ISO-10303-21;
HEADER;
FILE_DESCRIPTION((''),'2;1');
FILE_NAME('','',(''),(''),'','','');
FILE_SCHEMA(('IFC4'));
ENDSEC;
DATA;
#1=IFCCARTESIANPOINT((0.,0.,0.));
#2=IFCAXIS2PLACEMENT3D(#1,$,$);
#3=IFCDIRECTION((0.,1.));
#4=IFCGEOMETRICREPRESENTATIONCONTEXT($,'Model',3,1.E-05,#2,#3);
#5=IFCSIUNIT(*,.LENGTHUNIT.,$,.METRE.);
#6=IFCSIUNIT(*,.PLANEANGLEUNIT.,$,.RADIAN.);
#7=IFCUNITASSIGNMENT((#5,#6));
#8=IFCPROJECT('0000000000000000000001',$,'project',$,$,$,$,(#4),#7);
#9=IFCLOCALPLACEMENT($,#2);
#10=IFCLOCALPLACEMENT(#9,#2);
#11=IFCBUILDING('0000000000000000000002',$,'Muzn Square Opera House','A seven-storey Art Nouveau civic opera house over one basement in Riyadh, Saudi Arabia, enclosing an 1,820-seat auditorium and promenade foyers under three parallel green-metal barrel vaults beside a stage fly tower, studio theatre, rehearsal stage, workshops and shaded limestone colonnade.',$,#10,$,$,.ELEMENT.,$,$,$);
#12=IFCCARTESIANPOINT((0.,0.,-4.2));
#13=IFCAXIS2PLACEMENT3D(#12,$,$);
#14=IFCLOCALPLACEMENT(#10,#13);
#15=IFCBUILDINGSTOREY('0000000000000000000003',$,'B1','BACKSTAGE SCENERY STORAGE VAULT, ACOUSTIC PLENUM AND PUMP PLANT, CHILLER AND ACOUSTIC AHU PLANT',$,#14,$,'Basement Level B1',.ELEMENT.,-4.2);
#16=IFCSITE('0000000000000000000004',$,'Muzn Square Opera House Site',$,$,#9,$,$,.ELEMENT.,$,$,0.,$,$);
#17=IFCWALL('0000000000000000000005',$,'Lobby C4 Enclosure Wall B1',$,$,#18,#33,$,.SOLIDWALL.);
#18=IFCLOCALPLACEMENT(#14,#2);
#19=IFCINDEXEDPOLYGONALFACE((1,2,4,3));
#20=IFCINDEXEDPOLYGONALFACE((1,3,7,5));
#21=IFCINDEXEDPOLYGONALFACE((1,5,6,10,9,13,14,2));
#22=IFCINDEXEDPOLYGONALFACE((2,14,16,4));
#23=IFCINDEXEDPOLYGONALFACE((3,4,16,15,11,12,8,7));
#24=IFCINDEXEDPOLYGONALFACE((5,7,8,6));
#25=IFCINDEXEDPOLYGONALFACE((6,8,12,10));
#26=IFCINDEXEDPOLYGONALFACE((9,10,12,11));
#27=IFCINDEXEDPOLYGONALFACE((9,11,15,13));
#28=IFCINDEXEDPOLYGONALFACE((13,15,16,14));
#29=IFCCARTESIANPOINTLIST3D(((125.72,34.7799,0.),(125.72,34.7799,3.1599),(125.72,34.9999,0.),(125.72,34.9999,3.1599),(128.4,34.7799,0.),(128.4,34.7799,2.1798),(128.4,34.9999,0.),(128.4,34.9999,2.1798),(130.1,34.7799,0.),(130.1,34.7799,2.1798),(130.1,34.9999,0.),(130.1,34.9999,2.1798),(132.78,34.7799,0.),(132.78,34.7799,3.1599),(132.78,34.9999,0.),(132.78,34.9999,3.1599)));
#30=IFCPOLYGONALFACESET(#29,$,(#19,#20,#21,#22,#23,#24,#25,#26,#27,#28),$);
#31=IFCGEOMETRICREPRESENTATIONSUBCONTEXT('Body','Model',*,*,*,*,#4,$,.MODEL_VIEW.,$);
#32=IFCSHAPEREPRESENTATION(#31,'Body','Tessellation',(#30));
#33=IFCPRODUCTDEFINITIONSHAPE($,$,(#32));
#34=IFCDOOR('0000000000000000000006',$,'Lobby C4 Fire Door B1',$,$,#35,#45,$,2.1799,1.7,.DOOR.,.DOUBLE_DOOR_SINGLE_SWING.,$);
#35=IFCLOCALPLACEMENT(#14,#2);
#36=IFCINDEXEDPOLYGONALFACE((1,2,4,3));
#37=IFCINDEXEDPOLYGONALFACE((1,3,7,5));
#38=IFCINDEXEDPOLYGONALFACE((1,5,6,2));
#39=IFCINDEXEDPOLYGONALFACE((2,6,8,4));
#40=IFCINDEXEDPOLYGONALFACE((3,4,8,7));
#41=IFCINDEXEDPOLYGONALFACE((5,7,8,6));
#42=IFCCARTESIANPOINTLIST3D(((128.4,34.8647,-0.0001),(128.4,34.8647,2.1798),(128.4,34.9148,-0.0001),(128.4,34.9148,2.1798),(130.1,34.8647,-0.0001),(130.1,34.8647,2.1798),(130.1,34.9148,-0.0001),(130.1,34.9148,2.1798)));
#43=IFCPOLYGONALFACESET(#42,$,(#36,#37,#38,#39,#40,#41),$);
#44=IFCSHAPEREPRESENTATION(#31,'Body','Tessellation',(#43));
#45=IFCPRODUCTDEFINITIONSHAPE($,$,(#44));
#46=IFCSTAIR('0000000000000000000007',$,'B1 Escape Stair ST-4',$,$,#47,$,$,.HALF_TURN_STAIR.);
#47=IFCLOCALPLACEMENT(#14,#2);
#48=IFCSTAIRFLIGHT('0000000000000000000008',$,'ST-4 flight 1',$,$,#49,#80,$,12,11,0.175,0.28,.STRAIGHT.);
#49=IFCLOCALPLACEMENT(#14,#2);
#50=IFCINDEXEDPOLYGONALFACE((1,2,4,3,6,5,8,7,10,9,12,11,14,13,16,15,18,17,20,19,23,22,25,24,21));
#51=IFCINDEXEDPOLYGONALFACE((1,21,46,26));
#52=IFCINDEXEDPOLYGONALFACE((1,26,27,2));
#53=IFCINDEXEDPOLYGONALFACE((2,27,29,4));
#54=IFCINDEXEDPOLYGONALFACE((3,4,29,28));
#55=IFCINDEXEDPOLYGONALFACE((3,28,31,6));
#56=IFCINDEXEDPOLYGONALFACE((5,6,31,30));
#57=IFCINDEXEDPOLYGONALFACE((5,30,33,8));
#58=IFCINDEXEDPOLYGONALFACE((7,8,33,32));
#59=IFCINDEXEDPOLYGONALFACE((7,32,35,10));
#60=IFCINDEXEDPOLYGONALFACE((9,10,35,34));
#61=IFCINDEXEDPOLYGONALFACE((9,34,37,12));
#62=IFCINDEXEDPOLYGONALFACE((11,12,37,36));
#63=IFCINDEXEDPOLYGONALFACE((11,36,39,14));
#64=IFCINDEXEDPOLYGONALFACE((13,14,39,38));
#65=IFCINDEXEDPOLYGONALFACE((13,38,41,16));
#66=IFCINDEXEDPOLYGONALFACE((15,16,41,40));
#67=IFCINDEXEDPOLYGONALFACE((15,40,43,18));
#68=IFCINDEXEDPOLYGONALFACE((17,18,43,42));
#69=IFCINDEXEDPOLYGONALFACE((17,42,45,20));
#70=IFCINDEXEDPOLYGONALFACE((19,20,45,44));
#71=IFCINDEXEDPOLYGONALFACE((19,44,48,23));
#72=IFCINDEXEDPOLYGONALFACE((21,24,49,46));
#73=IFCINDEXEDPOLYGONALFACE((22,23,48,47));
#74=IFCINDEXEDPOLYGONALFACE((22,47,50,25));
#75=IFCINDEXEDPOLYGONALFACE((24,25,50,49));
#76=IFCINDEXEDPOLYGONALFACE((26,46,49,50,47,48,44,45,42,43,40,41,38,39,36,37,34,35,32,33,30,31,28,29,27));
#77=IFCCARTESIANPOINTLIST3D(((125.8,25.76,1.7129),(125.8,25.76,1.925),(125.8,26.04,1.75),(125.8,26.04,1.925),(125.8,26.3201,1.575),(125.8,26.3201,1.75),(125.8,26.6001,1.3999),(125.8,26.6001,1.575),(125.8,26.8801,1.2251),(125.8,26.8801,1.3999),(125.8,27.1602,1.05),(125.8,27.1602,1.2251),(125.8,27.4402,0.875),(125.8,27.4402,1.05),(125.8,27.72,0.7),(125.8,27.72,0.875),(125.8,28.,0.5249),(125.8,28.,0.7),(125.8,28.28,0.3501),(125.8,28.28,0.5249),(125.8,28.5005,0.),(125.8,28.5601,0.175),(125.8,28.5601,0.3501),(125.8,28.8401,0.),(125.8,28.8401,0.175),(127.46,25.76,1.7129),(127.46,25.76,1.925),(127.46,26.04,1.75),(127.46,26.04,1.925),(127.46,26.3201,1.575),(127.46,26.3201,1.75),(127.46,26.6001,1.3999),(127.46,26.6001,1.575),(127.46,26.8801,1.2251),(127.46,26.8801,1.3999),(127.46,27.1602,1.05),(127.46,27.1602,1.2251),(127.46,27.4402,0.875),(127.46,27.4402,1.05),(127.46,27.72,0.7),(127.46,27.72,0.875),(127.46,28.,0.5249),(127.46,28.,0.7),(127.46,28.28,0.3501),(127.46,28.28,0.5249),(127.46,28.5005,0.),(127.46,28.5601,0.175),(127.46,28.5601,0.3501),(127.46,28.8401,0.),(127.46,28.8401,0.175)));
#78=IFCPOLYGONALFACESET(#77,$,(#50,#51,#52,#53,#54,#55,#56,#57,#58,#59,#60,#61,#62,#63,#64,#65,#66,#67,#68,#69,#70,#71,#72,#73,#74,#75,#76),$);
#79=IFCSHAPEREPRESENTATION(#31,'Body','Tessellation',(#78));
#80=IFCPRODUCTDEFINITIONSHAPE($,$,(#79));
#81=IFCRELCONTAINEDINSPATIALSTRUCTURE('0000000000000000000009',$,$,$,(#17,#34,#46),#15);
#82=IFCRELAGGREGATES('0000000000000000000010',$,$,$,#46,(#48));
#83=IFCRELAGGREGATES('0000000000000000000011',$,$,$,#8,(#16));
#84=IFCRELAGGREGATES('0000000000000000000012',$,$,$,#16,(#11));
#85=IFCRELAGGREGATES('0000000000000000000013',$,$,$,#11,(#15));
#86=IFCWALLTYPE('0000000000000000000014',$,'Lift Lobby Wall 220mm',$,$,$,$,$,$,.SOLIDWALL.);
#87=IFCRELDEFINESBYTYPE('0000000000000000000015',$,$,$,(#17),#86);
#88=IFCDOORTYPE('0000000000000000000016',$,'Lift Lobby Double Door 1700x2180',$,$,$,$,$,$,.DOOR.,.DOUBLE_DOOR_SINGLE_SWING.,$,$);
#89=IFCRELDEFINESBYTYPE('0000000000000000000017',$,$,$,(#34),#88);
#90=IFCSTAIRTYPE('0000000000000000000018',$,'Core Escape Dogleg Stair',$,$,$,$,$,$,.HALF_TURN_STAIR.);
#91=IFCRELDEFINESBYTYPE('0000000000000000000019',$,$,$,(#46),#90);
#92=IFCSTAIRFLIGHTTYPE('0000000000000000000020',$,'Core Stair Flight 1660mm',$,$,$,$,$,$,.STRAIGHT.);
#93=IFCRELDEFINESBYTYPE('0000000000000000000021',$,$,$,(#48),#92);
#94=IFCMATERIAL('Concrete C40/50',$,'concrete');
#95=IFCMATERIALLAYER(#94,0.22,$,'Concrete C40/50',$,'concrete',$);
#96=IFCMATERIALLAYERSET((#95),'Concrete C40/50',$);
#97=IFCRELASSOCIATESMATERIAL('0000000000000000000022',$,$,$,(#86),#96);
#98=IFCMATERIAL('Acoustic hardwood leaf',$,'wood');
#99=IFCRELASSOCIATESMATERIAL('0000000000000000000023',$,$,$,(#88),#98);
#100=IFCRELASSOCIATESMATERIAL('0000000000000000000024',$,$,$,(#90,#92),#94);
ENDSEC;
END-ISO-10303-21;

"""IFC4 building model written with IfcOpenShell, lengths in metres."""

from ifc_helpers import new_model, si_unit, direction, frame, frame_2d, origin, place, context, subcontext, project, spatial, polyline, rectangle, outline, extrude, material, layer, layer_set, type_object, element, fill, aggregate, save


model = new_model("IFC4")

# Units and contexts
model_context = context("Model", 3, precision=1e-05, world=origin(), true_north=direction((0.0, 1.0)))
body_context = subcontext(model_context, "Body", "Model", "MODEL_VIEW")
ifc_project = project(units=[si_unit("LENGTHUNIT", "METRE"), si_unit("PLANEANGLEUNIT", "RADIAN")], contexts=[model_context])

# Site, building, storey
site_placement = place(None, origin())
site = spatial("IfcSite", under=ifc_project, at=site_placement, Name="Muzn Square Opera House Site", CompositionType="ELEMENT", RefElevation=0.0)
building_placement = place(site_placement, origin())
building = spatial("IfcBuilding", under=site, at=building_placement, Name="Muzn Square Opera House", Description="A seven-storey Art Nouveau civic opera house over one basement in Riyadh, Saudi Arabia, enclosing an 1,820-seat auditorium and promenade foyers under three parallel green-metal barrel vaults beside a stage fly tower, studio theatre, rehearsal stage, workshops and shaded limestone colonnade.", CompositionType="ELEMENT")
storey_placement = place(building_placement, frame((0.0, 0.0, -4.2)))
storey = spatial("IfcBuildingStorey", under=building, at=storey_placement, Name="B1", Description="BACKSTAGE SCENERY STORAGE VAULT, ACOUSTIC PLENUM AND PUMP PLANT, CHILLER AND ACOUSTIC AHU PLANT", LongName="Basement Level B1", CompositionType="ELEMENT", Elevation=-4.2)

# Shared definitions
ifc_material_1 = material(Name="Concrete C40/50", Category="concrete")

# Wall, opening, door
ifc_layer_1 = layer(ifc_material_1, 0.22, Name="Concrete C40/50", Category="concrete")
ifc_layer_set_1 = layer_set([ifc_layer_1], Name="Concrete C40/50")
wall_type_1 = type_object("IfcWallType", Name="Lift Lobby Wall 220mm", PredefinedType="SOLIDWALL", material=ifc_layer_set_1)
wall_1_placement = place(storey_placement, frame((125.72, 34.8899, 0.0), z_axis=(0.0, 0.0, 1.0), x_axis=(1.0, 0.0, 0.0)))
wall_1 = element("IfcWall", 1, at=wall_1_placement, inside=storey, type_object=wall_type_1, Name="Lobby C4 Enclosure Wall B1", PredefinedType="SOLIDWALL", context=body_context, shape_type="SweptSolid", body=[
    extrude(rectangle(XDim=7.0601, YDim=0.22, at=frame_2d((3.53, 0.0))), origin(), (0.0, 0.0, 1.0), 3.1599),
])
opening_1_placement = place(wall_1_placement, frame((2.6799, 0.0, 0.0)))
opening_1 = element("IfcOpeningElement", 2, at=opening_1_placement, cuts=wall_1, PredefinedType="OPENING", context=body_context, shape_type="SweptSolid", body=[
    extrude(rectangle(XDim=1.7, YDim=2.1799, at=frame_2d((0.8501, 1.0898))), frame((0.0, 0.1199, 0.0), z_axis=(0.0, -1.0, 0.0), x_axis=(1.0, 0.0, 0.0)), (0.0, 0.0, 1.0), 0.24),
])
ifc_material_2 = material(Name="Acoustic hardwood leaf", Category="wood")
door_type_1 = type_object("IfcDoorType", Name="Lift Lobby Double Door 1700x2180", OperationType="DOUBLE_DOOR_SINGLE_SWING", PredefinedType="DOOR", material=ifc_material_2)
door_1_placement = place(opening_1_placement, origin())
door_1 = element("IfcDoor", 3, at=door_1_placement, inside=storey, type_object=door_type_1, Name="Lobby C4 Fire Door B1", OperationType="DOUBLE_DOOR_SINGLE_SWING", OverallHeight=2.1799, OverallWidth=1.7, PredefinedType="DOOR", context=body_context, shape_type="SweptSolid", body=[
    extrude(rectangle(XDim=1.7, YDim=2.1799, at=frame_2d((0.8501, 1.0898))), frame((0.0, 0.0249, 0.0), z_axis=(0.0, -1.0, 0.0), x_axis=(1.0, 0.0, 0.0)), (0.0, 0.0, 1.0), 0.05),
])
fill(opening_1, door_1)

# Stair, stair flight
stair_type = type_object("IfcStairType", Name="Core Escape Dogleg Stair", PredefinedType="HALF_TURN_STAIR", material=ifc_material_1)
stair_placement = place(storey_placement, origin())
stair = element("IfcStair", 4, at=stair_placement, inside=storey, type_object=stair_type, Name="B1 Escape Stair ST-4", PredefinedType="HALF_TURN_STAIR")
stair_flight_type = type_object("IfcStairFlightType", Name="Core Stair Flight 1660mm", PredefinedType="STRAIGHT", material=ifc_material_1)
stair_flight_placement = place(storey_placement, frame((126.6299, 28.8401, 0.0), z_axis=(0.0, 0.0, 1.0), x_axis=(0.0, -1.0, 0.0)))
stair_flight = element("IfcStairFlight", 5, at=stair_flight_placement, type_object=stair_flight_type, Name="ST-4 flight 1", NumberOfRisers=12, NumberOfTreads=11, PredefinedType="STRAIGHT", RiserHeight=0.175, TreadLength=0.28, context=body_context, shape_type="SweptSolid", body=[
    extrude(outline(polyline([(0.0, 0.0), (0.0, 0.175), (0.28, 0.175), (0.28, 0.3501), (0.5601, 0.3501), (0.5601, 0.5249), (0.8401, 0.5249), (0.8401, 0.7), (1.1201, 0.7), (1.1201, 0.875), (1.3999, 0.875), (1.3999, 1.05), (1.6799, 1.05), (1.6799, 1.2251), (1.96, 1.2251), (1.96, 1.3999), (2.24, 1.3999), (2.24, 1.575), (2.52, 1.575), (2.52, 1.75), (2.8, 1.75), (2.8, 1.925), (3.0801, 1.925), (3.0801, 2.1001), (3.0801, 1.7129), (0.3396, 0.0), (0.0, 0.0)])), frame((0.0, 0.8301, 0.0), z_axis=(0.0, -1.0, 0.0), x_axis=(1.0, 0.0, 0.0)), (0.0, 0.0, 1.0), 1.6599),
])
aggregate(stair, [stair_flight])

save(model, "model.ifc")
